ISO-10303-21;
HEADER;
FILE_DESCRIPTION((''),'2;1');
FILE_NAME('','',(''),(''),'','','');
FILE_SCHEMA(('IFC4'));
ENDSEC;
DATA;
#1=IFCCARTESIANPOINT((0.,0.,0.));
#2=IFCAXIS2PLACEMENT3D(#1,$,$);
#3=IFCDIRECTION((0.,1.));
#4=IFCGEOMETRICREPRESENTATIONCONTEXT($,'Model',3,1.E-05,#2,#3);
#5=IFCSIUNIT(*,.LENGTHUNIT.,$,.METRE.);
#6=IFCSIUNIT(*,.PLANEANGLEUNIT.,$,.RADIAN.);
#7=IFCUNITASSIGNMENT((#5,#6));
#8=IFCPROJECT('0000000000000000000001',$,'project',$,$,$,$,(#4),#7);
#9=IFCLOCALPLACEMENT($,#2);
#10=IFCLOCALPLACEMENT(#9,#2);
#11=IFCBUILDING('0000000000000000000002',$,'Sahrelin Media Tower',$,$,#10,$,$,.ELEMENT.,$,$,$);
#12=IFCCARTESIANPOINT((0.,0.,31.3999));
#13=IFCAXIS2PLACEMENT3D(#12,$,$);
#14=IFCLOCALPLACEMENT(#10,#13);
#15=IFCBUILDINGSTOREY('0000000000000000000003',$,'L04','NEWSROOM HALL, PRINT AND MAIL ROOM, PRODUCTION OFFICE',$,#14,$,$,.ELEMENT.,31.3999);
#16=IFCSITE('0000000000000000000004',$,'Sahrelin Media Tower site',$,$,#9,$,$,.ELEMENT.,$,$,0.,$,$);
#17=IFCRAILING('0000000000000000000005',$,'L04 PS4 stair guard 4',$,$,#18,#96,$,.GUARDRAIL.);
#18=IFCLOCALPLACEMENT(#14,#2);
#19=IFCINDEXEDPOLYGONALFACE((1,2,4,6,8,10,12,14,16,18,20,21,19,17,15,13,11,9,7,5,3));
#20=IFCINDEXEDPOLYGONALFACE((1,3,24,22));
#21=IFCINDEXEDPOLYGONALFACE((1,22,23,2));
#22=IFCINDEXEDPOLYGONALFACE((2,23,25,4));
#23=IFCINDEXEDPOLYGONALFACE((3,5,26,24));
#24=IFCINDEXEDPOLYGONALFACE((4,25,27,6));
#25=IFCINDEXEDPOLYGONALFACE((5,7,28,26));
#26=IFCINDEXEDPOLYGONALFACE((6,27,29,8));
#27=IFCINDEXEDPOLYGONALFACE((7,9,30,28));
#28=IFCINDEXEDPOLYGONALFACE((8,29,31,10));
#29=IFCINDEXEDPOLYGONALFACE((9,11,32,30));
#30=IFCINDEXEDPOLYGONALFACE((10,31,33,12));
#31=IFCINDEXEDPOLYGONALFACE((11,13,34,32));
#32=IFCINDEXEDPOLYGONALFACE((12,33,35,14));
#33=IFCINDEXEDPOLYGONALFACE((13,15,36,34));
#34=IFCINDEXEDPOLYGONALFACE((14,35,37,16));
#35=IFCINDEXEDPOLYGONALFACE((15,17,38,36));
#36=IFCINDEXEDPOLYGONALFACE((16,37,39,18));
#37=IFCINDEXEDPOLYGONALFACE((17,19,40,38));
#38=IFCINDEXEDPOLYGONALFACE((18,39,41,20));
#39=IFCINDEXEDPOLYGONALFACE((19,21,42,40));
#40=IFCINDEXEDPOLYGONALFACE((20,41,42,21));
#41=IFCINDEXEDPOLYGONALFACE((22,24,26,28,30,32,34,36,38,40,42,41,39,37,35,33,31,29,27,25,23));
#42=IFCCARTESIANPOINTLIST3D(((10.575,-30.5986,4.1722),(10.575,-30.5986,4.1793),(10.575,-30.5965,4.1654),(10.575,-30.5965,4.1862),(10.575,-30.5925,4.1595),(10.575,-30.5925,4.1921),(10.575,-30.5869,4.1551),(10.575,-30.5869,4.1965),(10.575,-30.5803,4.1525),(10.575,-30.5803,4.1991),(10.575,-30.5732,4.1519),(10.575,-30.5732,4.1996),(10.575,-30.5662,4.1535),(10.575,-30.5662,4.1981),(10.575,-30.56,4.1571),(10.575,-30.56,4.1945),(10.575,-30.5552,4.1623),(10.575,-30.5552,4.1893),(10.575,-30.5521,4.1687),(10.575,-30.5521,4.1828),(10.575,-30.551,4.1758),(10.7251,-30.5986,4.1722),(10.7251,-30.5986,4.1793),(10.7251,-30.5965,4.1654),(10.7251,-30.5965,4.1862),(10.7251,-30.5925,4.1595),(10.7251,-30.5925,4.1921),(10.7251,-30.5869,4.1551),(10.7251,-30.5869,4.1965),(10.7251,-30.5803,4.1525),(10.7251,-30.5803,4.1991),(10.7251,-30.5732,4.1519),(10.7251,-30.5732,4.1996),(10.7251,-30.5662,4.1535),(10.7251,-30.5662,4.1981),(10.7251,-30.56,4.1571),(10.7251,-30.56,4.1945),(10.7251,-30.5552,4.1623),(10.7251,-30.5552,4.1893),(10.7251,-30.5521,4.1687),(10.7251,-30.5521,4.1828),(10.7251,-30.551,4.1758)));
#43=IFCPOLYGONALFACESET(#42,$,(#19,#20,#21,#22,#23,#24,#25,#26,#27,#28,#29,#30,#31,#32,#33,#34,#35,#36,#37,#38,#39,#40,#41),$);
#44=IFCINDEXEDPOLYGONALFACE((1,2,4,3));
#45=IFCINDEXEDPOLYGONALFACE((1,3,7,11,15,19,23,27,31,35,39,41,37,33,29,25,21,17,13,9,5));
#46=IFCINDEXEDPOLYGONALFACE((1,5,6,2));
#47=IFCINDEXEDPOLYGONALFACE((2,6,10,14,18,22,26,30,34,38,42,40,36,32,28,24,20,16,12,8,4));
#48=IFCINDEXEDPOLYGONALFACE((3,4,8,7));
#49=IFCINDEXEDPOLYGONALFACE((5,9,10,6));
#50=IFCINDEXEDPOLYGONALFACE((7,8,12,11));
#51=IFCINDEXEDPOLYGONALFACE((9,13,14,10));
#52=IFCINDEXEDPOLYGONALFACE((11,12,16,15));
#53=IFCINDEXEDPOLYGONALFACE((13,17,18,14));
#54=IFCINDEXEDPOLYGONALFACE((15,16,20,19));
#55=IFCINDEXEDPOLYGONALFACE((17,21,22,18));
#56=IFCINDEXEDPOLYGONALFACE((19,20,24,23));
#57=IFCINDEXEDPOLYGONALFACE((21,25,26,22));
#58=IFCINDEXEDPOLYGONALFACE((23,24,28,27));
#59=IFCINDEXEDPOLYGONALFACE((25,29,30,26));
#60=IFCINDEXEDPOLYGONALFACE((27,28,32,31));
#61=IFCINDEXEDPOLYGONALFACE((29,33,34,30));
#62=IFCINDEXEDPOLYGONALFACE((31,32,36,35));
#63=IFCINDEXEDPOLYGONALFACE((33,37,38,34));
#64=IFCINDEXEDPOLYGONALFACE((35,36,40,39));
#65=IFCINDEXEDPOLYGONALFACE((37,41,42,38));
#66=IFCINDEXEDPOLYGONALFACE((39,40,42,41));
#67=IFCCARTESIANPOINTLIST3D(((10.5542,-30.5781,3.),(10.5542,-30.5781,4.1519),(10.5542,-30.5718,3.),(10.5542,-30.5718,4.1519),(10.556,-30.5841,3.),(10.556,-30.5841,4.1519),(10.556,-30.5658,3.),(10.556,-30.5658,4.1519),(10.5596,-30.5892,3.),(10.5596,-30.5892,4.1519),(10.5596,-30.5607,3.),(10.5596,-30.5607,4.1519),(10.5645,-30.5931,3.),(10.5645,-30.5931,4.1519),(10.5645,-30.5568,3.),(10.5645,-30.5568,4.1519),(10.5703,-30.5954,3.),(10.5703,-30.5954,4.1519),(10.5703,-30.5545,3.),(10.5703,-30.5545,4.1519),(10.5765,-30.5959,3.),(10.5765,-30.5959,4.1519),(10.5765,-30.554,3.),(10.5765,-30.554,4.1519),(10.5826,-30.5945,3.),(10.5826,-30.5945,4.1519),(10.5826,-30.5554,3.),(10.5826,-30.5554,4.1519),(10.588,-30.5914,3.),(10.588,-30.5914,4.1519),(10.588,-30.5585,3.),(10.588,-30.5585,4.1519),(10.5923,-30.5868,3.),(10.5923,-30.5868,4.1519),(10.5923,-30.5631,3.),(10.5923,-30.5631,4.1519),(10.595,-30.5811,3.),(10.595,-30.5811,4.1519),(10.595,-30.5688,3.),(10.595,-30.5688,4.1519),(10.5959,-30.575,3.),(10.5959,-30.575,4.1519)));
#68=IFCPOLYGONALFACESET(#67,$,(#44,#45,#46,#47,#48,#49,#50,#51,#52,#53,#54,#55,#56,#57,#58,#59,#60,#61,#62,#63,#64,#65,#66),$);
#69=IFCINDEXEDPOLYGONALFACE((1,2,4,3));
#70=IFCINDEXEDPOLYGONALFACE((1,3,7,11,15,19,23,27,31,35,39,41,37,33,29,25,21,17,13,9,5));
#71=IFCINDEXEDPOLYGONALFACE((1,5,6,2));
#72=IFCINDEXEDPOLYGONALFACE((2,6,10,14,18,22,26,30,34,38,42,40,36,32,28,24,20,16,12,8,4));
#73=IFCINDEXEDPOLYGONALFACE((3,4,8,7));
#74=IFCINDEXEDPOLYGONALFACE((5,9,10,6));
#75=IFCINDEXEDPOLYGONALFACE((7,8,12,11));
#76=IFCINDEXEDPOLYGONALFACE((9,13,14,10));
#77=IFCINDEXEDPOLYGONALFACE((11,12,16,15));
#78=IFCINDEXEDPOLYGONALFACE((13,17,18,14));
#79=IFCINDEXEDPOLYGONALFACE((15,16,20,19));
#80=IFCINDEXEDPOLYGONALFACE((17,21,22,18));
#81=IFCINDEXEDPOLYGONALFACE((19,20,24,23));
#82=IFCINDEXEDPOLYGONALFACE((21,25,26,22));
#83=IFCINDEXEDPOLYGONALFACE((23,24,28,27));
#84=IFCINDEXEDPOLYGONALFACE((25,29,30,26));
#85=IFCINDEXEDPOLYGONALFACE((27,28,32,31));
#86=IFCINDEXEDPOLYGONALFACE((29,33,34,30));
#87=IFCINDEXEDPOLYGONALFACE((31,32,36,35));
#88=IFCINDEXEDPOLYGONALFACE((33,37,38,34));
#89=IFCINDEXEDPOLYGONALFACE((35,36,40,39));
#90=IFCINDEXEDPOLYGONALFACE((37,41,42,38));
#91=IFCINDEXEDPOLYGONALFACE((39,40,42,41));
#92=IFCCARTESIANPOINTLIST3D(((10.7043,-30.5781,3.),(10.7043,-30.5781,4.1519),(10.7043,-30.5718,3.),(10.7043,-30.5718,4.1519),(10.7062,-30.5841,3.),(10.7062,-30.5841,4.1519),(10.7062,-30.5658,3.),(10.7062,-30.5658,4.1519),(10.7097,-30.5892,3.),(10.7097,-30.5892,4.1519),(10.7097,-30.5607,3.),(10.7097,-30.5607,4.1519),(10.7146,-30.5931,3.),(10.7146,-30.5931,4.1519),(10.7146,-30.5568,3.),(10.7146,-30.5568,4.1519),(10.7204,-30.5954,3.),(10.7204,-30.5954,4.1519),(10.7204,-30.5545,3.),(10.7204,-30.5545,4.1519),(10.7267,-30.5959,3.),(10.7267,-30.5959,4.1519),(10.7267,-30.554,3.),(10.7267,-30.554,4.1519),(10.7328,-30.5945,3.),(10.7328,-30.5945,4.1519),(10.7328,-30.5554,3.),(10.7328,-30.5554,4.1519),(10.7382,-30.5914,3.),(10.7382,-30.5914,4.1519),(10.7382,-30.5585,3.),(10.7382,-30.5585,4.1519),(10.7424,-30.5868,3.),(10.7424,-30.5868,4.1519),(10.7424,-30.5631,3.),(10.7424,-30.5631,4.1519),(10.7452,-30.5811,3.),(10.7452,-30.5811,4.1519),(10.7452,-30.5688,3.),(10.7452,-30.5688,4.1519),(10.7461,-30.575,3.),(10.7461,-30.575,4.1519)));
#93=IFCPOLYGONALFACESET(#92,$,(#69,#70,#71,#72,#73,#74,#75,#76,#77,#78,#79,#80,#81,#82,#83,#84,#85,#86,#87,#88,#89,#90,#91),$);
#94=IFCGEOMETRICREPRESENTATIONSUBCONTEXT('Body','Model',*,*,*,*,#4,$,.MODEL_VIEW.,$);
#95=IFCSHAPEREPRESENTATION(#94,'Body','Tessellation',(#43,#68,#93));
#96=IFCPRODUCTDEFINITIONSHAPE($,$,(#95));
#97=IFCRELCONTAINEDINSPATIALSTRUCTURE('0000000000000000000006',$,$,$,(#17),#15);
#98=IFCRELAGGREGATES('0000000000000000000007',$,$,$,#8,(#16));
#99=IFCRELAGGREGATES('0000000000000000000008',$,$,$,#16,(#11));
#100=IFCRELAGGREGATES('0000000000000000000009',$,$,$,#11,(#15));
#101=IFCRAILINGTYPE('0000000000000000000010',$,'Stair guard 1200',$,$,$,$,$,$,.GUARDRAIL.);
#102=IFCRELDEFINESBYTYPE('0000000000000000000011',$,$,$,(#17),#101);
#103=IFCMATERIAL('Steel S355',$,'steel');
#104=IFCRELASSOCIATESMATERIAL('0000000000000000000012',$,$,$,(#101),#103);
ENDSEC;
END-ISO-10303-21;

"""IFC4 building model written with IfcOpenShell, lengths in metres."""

from ifc_helpers import new_model, si_unit, direction, frame, origin, origin_2d, place, context, subcontext, project, spatial, circle, extrude, material, type_object, element, save


model = new_model("IFC4")

# Units and contexts
model_context = context("Model", 3, precision=1e-05, world=origin(), true_north=direction((0.0, 1.0)))
body_context = subcontext(model_context, "Body", "Model", "MODEL_VIEW")
ifc_project = project(units=[si_unit("LENGTHUNIT", "METRE"), si_unit("PLANEANGLEUNIT", "RADIAN")], contexts=[model_context])

# Site, building, storey
site_placement = place(None, origin())
site = spatial("IfcSite", under=ifc_project, at=site_placement, Name="Sahrelin Media Tower site", CompositionType="ELEMENT", RefElevation=0.0)
building_placement = place(site_placement, origin())
building = spatial("IfcBuilding", under=site, at=building_placement, Name="Sahrelin Media Tower", CompositionType="ELEMENT")
storey_placement = place(building_placement, frame((0.0, 0.0, 31.3999)))
storey = spatial("IfcBuildingStorey", under=building, at=storey_placement, Name="L04", Description="NEWSROOM HALL, PRINT AND MAIL ROOM, PRODUCTION OFFICE", CompositionType="ELEMENT", Elevation=31.3999)

# Shared definitions
ifc_material_1 = material(Name="Steel S355", Category="steel")

# Railing
railing_type_1 = type_object("IfcRailingType", Name="Stair guard 1200", PredefinedType="GUARDRAIL", material=ifc_material_1)
railing_1_placement = place(storey_placement, frame((10.575, -30.575, 3.0)))
element("IfcRailing", 1, at=railing_1_placement, inside=storey, type_object=railing_type_1, Name="L04 PS4 stair guard 4", PredefinedType="GUARDRAIL", context=body_context, shape_type="SweptSolid", body=[
    extrude(circle(Radius=0.0239, at=origin_2d()), frame((0.0, 0.0, 1.1758), z_axis=(1.0, 0.0, 0.0), x_axis=(0.0, 1.0, 0.0)), (0.0, 0.0, 1.0), 0.1501),
    extrude(circle(Radius=0.021, at=origin_2d()), origin(), (0.0, 0.0, 1.0), 1.1519),
    extrude(circle(Radius=0.021, at=origin_2d()), frame((0.1501, 0.0, 0.0)), (0.0, 0.0, 1.0), 1.1519),
])

save(model, "model.ifc")
